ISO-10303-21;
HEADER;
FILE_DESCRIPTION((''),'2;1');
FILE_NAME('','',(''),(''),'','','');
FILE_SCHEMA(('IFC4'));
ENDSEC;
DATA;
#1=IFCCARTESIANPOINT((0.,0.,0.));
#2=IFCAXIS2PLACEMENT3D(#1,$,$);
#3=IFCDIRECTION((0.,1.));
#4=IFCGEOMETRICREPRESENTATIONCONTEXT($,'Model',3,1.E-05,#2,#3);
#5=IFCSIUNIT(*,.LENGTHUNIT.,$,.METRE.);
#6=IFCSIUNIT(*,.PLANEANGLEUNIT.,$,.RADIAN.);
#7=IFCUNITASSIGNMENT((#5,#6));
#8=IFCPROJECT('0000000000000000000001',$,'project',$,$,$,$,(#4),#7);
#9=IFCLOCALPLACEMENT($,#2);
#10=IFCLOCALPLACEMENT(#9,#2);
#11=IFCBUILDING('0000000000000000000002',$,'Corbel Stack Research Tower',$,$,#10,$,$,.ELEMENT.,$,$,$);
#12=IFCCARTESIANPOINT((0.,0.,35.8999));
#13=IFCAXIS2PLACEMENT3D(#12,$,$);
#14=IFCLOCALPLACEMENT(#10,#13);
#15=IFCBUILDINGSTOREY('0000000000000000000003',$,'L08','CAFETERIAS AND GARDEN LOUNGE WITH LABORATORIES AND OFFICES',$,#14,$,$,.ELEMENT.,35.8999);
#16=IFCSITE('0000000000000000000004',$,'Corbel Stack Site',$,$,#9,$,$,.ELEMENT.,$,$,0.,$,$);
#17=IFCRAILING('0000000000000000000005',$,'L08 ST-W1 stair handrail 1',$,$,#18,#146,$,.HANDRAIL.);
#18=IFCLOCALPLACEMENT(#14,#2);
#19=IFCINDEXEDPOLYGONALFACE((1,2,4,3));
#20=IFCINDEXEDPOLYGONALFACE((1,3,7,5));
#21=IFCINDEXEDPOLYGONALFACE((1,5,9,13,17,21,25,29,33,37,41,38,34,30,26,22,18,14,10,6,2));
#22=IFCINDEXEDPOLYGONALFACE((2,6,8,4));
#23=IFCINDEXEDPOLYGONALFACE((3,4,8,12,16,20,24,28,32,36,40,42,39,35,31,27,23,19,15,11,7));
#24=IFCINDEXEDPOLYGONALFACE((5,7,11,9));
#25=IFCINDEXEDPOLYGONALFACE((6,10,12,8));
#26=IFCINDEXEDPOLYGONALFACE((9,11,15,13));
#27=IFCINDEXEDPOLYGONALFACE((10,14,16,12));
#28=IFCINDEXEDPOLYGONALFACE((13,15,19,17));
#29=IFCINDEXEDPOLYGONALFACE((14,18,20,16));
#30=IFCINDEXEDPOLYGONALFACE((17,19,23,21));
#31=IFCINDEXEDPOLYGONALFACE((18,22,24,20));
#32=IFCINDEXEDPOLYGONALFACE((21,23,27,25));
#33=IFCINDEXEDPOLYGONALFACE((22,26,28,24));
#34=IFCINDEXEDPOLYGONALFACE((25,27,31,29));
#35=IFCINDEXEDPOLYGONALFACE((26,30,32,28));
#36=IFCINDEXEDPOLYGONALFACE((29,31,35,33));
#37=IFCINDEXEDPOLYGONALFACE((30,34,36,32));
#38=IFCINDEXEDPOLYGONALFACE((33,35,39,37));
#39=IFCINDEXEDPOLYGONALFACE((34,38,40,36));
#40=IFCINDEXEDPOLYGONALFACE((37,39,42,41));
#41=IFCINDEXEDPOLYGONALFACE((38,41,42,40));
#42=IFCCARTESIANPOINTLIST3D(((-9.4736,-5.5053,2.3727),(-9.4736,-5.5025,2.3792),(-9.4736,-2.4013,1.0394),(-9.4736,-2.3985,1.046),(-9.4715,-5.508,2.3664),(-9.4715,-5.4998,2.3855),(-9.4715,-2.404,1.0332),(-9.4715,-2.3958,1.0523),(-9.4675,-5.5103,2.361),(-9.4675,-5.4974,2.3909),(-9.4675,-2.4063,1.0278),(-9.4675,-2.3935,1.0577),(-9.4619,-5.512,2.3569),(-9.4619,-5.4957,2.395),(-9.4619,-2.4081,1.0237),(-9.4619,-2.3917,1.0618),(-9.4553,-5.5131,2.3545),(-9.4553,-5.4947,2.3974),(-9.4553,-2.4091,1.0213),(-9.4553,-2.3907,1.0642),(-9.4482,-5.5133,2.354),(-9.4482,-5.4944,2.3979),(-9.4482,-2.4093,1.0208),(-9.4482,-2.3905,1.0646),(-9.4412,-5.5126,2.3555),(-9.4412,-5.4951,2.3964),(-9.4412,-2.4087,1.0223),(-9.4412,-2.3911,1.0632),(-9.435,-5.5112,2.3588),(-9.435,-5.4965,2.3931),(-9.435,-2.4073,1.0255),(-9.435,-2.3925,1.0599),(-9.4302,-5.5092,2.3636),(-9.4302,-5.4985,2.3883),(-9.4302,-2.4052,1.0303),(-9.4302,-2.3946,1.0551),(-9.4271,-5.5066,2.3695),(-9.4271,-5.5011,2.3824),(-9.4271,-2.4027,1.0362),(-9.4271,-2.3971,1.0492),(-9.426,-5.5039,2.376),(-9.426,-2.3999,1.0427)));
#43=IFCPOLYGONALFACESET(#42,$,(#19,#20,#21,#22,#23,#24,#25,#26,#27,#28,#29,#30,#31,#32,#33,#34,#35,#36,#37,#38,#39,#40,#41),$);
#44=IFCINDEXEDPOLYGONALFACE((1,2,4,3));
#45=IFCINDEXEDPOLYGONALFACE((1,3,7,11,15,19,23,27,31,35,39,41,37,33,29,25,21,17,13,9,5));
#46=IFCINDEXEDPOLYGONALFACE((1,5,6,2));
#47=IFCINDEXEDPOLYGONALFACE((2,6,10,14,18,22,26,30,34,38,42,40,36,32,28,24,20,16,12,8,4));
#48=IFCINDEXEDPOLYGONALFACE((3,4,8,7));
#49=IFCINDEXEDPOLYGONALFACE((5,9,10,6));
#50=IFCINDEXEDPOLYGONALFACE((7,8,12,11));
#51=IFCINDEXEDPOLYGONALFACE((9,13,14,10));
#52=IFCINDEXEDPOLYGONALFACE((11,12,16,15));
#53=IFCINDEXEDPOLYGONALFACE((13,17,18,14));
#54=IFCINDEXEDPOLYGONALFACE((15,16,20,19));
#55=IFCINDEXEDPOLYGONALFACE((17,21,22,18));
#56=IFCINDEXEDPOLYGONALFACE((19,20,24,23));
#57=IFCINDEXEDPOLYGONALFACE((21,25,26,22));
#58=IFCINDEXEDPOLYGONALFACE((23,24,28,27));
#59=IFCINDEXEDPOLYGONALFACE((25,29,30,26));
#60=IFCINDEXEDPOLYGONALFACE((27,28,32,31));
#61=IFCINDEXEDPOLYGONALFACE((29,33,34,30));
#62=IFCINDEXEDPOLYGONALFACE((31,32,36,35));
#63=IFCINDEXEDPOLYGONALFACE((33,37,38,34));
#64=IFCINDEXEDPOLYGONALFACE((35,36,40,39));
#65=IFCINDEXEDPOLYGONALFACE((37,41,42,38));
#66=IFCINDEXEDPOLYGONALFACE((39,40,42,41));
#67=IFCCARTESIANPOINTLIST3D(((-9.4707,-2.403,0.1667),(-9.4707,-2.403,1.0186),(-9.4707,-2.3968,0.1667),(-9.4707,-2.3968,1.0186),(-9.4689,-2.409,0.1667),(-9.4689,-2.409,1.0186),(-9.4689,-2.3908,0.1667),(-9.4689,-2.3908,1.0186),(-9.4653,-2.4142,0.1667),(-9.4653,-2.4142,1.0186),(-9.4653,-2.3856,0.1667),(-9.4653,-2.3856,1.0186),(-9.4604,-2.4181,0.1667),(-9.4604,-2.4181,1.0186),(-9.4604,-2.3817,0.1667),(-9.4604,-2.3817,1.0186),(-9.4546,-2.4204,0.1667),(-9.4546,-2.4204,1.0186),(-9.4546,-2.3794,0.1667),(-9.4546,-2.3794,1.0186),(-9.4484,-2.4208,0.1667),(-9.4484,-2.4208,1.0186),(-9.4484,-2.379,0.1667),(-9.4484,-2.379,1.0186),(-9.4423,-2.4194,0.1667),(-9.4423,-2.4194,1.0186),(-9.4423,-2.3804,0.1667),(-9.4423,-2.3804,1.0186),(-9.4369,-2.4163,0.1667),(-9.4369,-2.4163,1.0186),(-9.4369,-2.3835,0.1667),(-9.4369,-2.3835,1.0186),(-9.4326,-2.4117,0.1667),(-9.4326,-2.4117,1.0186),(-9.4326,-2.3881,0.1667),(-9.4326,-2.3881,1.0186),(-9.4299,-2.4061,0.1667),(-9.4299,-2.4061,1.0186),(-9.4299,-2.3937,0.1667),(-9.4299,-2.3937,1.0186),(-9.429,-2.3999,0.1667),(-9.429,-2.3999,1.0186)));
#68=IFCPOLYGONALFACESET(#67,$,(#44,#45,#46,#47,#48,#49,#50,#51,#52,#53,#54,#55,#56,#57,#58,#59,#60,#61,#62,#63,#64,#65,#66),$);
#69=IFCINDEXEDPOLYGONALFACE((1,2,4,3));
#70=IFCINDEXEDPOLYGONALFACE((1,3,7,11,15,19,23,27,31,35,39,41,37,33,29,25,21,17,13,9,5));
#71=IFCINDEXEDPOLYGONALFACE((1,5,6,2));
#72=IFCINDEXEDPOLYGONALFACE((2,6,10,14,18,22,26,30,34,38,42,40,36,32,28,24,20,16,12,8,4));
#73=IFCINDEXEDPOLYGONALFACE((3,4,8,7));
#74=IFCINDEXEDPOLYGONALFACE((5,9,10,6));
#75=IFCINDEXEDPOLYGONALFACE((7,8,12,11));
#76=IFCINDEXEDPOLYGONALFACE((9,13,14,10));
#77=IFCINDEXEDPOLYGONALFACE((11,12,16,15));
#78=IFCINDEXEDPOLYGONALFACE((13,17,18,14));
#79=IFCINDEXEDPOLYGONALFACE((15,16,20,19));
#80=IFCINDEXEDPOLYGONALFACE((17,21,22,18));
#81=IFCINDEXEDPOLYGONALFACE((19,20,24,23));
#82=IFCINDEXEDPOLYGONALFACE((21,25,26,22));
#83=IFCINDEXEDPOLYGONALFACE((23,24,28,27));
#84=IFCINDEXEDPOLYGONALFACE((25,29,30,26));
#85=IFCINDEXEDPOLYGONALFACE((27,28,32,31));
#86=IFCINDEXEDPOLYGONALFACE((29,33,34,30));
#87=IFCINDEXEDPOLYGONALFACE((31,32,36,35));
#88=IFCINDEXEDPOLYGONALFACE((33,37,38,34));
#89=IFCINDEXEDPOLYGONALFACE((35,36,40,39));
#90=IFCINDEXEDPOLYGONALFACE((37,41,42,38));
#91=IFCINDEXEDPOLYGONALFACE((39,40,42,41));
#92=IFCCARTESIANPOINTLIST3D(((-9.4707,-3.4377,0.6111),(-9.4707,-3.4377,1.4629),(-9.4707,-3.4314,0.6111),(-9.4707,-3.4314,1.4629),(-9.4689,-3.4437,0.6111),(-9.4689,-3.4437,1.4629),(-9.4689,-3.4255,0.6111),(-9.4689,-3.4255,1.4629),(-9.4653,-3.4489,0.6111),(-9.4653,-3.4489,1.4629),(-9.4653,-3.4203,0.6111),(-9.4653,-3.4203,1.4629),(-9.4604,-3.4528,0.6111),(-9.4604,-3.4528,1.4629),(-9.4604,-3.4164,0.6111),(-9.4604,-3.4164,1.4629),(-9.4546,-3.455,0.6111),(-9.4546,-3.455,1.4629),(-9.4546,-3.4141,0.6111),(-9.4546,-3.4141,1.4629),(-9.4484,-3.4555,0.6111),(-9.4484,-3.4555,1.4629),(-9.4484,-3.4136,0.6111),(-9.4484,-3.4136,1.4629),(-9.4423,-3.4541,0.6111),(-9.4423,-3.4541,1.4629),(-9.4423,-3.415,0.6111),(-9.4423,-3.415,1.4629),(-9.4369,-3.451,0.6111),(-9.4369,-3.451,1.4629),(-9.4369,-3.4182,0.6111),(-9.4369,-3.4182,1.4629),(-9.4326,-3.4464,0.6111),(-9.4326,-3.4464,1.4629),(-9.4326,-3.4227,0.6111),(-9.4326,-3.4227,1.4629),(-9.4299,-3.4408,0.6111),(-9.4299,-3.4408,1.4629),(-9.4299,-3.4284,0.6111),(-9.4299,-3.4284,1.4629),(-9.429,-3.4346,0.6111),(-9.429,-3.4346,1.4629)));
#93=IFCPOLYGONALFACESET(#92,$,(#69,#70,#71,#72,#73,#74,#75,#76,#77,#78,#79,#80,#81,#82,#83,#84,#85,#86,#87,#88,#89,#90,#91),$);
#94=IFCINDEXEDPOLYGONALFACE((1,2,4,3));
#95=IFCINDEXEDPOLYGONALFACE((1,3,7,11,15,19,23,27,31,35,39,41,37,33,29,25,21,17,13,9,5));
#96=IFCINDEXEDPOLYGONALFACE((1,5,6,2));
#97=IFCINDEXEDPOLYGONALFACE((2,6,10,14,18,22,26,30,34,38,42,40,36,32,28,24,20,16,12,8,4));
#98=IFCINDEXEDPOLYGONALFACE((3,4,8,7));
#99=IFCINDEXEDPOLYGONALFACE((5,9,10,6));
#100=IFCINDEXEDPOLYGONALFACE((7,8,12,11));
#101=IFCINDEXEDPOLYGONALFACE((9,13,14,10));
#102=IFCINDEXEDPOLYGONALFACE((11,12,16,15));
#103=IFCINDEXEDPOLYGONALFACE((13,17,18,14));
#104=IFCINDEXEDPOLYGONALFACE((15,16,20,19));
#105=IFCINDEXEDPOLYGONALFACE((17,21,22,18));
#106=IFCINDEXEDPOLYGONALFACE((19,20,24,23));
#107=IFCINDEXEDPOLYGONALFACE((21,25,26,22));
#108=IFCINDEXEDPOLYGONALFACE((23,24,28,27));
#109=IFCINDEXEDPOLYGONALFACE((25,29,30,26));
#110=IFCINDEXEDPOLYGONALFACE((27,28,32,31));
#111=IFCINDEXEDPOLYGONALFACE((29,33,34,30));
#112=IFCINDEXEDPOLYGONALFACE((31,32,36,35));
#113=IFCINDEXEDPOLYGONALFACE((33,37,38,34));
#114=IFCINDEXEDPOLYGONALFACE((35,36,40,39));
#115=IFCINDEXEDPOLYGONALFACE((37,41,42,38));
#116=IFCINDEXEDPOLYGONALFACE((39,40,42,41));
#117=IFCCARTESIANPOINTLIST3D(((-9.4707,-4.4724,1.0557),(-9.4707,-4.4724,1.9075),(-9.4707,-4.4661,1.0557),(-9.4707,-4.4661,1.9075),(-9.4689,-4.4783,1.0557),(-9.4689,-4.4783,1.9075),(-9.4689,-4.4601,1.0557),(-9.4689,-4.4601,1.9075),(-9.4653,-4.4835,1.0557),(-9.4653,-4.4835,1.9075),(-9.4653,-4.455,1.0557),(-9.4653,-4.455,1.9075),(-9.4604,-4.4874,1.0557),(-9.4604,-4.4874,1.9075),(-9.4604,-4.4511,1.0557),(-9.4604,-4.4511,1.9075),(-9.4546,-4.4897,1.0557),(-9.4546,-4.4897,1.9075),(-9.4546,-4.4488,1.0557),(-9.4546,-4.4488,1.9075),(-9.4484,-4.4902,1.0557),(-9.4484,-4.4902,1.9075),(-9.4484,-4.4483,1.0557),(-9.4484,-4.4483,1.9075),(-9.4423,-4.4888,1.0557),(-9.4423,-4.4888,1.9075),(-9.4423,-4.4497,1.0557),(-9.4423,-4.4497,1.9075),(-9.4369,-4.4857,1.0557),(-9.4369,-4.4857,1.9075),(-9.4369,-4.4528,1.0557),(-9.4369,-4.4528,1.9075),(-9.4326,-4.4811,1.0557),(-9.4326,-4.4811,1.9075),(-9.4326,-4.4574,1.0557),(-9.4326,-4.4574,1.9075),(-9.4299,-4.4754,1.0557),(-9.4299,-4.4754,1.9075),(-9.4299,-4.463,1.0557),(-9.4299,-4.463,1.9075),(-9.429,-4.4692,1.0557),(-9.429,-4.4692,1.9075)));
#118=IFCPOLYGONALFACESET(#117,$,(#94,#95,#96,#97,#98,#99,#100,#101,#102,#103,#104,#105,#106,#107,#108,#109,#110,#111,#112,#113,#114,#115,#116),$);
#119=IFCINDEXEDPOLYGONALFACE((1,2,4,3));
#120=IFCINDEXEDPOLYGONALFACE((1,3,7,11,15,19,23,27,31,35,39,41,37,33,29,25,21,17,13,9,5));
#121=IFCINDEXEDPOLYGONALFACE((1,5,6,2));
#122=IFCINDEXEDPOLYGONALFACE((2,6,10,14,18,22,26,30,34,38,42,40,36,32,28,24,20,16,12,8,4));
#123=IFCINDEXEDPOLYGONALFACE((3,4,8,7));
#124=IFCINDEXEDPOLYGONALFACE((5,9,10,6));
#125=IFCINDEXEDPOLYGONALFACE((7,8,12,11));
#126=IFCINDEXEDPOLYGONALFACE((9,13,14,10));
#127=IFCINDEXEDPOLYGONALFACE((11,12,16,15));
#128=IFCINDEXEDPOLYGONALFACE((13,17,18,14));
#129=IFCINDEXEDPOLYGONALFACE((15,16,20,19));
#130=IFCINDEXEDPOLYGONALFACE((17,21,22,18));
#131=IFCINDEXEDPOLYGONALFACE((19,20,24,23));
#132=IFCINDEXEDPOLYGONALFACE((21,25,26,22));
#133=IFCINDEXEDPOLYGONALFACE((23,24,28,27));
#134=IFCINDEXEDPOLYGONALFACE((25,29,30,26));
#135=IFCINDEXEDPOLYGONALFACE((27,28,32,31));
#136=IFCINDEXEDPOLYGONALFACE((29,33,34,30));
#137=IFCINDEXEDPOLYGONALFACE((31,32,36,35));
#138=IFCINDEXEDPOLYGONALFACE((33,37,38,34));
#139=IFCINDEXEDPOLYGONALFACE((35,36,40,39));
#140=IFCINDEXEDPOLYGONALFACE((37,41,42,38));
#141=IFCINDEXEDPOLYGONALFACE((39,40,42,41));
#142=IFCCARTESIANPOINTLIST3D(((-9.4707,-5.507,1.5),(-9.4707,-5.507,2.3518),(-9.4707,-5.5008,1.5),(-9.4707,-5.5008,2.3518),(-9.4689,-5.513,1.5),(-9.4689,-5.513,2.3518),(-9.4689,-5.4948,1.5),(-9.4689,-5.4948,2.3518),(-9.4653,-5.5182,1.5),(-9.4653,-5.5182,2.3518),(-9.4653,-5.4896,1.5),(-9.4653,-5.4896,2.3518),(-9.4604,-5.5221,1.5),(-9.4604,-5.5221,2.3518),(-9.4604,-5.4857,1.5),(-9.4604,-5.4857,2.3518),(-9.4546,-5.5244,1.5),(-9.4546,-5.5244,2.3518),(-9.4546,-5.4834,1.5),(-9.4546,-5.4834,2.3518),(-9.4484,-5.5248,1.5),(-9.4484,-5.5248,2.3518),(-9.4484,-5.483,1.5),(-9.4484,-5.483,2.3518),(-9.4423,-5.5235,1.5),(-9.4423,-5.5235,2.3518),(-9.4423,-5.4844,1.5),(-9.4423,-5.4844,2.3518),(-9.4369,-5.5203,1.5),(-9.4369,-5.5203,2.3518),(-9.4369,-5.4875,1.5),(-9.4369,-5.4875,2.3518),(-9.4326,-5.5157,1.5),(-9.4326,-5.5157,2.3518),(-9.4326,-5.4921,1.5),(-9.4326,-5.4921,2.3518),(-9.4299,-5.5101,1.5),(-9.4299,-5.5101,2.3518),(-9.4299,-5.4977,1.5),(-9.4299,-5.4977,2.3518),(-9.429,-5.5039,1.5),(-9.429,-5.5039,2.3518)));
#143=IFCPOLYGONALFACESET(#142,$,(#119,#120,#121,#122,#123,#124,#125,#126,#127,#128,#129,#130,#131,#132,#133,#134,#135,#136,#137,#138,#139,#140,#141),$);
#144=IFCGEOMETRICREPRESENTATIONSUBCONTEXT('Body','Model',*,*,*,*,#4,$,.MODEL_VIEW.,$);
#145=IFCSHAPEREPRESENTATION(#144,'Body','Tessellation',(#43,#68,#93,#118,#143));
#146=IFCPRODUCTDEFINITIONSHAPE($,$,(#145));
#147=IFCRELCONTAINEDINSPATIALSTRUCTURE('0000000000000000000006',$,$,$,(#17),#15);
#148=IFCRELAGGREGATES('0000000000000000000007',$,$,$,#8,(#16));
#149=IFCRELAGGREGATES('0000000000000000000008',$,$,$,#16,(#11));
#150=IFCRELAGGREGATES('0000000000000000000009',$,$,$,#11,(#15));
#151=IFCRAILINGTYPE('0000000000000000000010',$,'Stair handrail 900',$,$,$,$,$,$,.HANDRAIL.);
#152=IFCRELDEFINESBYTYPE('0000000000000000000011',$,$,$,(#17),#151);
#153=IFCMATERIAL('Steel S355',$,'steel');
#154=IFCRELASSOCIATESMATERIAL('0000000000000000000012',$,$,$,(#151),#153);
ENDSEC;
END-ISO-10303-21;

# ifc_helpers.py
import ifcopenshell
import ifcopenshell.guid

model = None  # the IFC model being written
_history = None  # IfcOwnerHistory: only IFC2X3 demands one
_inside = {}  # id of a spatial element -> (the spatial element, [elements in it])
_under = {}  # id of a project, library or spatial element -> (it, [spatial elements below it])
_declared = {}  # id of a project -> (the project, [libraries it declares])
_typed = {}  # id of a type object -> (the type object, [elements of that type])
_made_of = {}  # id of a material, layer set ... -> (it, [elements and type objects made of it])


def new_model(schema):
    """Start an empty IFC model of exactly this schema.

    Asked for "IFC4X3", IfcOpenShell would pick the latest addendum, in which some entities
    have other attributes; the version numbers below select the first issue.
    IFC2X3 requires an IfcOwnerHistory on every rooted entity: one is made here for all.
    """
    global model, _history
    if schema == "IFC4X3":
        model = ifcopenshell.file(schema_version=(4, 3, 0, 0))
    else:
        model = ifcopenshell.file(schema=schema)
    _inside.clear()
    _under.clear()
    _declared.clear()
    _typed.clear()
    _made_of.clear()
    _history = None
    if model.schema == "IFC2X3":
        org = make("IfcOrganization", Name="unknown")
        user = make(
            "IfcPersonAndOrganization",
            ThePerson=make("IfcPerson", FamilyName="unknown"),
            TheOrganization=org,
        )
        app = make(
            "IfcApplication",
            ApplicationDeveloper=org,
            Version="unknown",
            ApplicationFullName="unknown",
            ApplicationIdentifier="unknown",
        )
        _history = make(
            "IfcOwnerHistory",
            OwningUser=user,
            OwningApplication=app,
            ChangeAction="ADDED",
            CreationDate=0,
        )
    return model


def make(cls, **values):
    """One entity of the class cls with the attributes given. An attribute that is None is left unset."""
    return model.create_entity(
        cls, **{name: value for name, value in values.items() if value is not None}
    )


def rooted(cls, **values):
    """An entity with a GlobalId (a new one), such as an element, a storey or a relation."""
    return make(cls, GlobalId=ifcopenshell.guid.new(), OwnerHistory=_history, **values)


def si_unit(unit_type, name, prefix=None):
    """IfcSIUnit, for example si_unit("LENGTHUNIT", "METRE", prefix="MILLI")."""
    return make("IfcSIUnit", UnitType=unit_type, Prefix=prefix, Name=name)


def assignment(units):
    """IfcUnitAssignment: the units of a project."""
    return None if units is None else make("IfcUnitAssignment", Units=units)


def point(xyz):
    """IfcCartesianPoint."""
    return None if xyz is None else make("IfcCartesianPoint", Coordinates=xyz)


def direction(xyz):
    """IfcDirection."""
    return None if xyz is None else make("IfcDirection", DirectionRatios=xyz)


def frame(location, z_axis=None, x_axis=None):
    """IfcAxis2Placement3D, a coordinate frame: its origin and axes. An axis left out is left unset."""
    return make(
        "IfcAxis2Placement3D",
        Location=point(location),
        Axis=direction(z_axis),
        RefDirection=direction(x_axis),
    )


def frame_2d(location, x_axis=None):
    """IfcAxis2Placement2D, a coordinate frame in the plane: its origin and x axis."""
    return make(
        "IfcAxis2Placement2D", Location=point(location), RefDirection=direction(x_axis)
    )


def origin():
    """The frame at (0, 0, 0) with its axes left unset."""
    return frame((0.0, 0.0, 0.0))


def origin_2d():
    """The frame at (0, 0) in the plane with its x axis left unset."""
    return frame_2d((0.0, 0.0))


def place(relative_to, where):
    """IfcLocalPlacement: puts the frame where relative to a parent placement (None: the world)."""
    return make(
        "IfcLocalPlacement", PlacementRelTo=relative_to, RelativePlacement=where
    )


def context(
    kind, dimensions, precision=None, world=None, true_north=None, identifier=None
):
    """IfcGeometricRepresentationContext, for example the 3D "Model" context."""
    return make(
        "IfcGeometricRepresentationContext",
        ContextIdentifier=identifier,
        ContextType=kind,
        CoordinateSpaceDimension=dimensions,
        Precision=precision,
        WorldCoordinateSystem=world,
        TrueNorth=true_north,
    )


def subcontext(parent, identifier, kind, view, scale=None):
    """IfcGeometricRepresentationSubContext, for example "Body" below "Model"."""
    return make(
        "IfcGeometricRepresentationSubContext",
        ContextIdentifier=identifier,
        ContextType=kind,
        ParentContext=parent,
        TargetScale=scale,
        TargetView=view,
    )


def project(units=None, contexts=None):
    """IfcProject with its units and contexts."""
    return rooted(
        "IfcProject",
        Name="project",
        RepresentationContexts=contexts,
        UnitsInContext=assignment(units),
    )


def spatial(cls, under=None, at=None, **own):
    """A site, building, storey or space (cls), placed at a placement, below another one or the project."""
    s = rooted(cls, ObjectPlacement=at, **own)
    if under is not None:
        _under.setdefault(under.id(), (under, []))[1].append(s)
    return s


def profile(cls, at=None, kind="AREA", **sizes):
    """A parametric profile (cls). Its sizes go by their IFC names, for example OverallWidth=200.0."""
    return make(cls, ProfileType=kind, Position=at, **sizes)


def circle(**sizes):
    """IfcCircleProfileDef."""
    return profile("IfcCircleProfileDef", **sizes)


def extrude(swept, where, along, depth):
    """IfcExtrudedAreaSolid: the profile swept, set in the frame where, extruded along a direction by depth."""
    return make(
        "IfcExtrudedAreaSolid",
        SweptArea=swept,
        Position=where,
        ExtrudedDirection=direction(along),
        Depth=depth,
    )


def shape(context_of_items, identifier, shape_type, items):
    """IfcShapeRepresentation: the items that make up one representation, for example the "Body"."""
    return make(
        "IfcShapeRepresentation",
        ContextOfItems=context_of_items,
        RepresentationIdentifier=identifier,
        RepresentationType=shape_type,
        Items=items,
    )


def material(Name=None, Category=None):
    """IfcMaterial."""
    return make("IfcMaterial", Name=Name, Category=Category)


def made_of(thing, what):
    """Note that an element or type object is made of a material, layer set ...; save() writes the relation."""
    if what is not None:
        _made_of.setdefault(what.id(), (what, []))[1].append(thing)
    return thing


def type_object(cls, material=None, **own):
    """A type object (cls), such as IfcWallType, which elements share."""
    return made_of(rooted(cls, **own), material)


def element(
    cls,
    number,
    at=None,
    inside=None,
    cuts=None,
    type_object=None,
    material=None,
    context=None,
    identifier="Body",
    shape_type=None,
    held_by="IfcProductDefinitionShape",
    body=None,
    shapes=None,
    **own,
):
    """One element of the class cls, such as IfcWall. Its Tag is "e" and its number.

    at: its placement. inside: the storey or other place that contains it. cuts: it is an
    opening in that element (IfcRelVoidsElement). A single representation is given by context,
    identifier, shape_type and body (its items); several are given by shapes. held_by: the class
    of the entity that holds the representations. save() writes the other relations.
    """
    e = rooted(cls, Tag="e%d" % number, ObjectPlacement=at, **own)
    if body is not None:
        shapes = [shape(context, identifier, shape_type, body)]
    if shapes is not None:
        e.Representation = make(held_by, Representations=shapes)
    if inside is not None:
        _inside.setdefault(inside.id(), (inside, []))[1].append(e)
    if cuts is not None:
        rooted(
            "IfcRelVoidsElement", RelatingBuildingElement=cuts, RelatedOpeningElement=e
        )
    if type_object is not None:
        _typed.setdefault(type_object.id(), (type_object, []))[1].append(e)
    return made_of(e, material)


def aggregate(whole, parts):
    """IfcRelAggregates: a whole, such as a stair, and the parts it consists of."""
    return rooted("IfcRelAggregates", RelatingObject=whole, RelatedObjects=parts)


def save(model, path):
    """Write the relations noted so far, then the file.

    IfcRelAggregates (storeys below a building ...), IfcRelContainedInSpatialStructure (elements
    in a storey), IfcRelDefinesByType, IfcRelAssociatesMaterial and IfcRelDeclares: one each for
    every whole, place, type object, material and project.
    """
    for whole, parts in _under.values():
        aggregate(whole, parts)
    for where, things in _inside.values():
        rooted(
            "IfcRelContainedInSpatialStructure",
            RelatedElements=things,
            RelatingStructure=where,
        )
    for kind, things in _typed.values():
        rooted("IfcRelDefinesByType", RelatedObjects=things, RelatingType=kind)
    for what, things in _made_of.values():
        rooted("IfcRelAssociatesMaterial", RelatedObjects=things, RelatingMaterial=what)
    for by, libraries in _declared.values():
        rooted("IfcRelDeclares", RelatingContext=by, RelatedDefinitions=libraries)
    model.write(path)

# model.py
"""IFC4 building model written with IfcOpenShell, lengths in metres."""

from ifc_helpers import new_model, si_unit, direction, frame, origin, origin_2d, place, context, subcontext, project, spatial, circle, extrude, material, type_object, element, save


model = new_model("IFC4")

# Units and contexts
model_context = context("Model", 3, precision=1e-05, world=origin(), true_north=direction((0.0, 1.0)))
body_context = subcontext(model_context, "Body", "Model", "MODEL_VIEW")
ifc_project = project(units=[si_unit("LENGTHUNIT", "METRE"), si_unit("PLANEANGLEUNIT", "RADIAN")], contexts=[model_context])

# Site, building, storey
site_placement = place(None, origin())
site = spatial("IfcSite", under=ifc_project, at=site_placement, Name="Corbel Stack Site", CompositionType="ELEMENT", RefElevation=0.0)
building_placement = place(site_placement, origin())
building = spatial("IfcBuilding", under=site, at=building_placement, Name="Corbel Stack Research Tower", CompositionType="ELEMENT")
storey_placement = place(building_placement, frame((0.0, 0.0, 35.8999)))
storey = spatial("IfcBuildingStorey", under=building, at=storey_placement, Name="L08", Description="CAFETERIAS AND GARDEN LOUNGE WITH LABORATORIES AND OFFICES", CompositionType="ELEMENT", Elevation=35.8999)

# Railing
ifc_material_1 = material(Name="Steel S355", Category="steel")
railing_type_1 = type_object("IfcRailingType", Name="Stair handrail 900", PredefinedType="HANDRAIL", material=ifc_material_1)
railing_1_placement = place(storey_placement, frame((-9.45, -2.3999, 0.1667)))
element("IfcRailing", 1, at=railing_1_placement, inside=storey, type_object=railing_type_1, Name="L08 ST-W1 stair handrail 1", PredefinedType="HANDRAIL", context=body_context, shape_type="SweptSolid", body=[
    extrude(circle(Radius=0.0239, at=origin_2d()), frame((0.0, 0.0, 0.876), z_axis=(0.0, -0.918827, 0.394661), x_axis=(1.0, 0.0, 0.0)), (0.0, 0.0, 1.0), 3.3782),
    extrude(circle(Radius=0.021, at=origin_2d()), origin(), (0.0, 0.0, 1.0), 0.8518),
    extrude(circle(Radius=0.021, at=origin_2d()), frame((0.0, -1.0347, 0.4443)), (0.0, 0.0, 1.0), 0.8518),
    extrude(circle(Radius=0.021, at=origin_2d()), frame((0.0, -2.0693, 0.8889)), (0.0, 0.0, 1.0), 0.8518),
    extrude(circle(Radius=0.021, at=origin_2d()), frame((0.0, -3.104, 1.3333)), (0.0, 0.0, 1.0), 0.8518),
])

save(model, "model.ifc")
